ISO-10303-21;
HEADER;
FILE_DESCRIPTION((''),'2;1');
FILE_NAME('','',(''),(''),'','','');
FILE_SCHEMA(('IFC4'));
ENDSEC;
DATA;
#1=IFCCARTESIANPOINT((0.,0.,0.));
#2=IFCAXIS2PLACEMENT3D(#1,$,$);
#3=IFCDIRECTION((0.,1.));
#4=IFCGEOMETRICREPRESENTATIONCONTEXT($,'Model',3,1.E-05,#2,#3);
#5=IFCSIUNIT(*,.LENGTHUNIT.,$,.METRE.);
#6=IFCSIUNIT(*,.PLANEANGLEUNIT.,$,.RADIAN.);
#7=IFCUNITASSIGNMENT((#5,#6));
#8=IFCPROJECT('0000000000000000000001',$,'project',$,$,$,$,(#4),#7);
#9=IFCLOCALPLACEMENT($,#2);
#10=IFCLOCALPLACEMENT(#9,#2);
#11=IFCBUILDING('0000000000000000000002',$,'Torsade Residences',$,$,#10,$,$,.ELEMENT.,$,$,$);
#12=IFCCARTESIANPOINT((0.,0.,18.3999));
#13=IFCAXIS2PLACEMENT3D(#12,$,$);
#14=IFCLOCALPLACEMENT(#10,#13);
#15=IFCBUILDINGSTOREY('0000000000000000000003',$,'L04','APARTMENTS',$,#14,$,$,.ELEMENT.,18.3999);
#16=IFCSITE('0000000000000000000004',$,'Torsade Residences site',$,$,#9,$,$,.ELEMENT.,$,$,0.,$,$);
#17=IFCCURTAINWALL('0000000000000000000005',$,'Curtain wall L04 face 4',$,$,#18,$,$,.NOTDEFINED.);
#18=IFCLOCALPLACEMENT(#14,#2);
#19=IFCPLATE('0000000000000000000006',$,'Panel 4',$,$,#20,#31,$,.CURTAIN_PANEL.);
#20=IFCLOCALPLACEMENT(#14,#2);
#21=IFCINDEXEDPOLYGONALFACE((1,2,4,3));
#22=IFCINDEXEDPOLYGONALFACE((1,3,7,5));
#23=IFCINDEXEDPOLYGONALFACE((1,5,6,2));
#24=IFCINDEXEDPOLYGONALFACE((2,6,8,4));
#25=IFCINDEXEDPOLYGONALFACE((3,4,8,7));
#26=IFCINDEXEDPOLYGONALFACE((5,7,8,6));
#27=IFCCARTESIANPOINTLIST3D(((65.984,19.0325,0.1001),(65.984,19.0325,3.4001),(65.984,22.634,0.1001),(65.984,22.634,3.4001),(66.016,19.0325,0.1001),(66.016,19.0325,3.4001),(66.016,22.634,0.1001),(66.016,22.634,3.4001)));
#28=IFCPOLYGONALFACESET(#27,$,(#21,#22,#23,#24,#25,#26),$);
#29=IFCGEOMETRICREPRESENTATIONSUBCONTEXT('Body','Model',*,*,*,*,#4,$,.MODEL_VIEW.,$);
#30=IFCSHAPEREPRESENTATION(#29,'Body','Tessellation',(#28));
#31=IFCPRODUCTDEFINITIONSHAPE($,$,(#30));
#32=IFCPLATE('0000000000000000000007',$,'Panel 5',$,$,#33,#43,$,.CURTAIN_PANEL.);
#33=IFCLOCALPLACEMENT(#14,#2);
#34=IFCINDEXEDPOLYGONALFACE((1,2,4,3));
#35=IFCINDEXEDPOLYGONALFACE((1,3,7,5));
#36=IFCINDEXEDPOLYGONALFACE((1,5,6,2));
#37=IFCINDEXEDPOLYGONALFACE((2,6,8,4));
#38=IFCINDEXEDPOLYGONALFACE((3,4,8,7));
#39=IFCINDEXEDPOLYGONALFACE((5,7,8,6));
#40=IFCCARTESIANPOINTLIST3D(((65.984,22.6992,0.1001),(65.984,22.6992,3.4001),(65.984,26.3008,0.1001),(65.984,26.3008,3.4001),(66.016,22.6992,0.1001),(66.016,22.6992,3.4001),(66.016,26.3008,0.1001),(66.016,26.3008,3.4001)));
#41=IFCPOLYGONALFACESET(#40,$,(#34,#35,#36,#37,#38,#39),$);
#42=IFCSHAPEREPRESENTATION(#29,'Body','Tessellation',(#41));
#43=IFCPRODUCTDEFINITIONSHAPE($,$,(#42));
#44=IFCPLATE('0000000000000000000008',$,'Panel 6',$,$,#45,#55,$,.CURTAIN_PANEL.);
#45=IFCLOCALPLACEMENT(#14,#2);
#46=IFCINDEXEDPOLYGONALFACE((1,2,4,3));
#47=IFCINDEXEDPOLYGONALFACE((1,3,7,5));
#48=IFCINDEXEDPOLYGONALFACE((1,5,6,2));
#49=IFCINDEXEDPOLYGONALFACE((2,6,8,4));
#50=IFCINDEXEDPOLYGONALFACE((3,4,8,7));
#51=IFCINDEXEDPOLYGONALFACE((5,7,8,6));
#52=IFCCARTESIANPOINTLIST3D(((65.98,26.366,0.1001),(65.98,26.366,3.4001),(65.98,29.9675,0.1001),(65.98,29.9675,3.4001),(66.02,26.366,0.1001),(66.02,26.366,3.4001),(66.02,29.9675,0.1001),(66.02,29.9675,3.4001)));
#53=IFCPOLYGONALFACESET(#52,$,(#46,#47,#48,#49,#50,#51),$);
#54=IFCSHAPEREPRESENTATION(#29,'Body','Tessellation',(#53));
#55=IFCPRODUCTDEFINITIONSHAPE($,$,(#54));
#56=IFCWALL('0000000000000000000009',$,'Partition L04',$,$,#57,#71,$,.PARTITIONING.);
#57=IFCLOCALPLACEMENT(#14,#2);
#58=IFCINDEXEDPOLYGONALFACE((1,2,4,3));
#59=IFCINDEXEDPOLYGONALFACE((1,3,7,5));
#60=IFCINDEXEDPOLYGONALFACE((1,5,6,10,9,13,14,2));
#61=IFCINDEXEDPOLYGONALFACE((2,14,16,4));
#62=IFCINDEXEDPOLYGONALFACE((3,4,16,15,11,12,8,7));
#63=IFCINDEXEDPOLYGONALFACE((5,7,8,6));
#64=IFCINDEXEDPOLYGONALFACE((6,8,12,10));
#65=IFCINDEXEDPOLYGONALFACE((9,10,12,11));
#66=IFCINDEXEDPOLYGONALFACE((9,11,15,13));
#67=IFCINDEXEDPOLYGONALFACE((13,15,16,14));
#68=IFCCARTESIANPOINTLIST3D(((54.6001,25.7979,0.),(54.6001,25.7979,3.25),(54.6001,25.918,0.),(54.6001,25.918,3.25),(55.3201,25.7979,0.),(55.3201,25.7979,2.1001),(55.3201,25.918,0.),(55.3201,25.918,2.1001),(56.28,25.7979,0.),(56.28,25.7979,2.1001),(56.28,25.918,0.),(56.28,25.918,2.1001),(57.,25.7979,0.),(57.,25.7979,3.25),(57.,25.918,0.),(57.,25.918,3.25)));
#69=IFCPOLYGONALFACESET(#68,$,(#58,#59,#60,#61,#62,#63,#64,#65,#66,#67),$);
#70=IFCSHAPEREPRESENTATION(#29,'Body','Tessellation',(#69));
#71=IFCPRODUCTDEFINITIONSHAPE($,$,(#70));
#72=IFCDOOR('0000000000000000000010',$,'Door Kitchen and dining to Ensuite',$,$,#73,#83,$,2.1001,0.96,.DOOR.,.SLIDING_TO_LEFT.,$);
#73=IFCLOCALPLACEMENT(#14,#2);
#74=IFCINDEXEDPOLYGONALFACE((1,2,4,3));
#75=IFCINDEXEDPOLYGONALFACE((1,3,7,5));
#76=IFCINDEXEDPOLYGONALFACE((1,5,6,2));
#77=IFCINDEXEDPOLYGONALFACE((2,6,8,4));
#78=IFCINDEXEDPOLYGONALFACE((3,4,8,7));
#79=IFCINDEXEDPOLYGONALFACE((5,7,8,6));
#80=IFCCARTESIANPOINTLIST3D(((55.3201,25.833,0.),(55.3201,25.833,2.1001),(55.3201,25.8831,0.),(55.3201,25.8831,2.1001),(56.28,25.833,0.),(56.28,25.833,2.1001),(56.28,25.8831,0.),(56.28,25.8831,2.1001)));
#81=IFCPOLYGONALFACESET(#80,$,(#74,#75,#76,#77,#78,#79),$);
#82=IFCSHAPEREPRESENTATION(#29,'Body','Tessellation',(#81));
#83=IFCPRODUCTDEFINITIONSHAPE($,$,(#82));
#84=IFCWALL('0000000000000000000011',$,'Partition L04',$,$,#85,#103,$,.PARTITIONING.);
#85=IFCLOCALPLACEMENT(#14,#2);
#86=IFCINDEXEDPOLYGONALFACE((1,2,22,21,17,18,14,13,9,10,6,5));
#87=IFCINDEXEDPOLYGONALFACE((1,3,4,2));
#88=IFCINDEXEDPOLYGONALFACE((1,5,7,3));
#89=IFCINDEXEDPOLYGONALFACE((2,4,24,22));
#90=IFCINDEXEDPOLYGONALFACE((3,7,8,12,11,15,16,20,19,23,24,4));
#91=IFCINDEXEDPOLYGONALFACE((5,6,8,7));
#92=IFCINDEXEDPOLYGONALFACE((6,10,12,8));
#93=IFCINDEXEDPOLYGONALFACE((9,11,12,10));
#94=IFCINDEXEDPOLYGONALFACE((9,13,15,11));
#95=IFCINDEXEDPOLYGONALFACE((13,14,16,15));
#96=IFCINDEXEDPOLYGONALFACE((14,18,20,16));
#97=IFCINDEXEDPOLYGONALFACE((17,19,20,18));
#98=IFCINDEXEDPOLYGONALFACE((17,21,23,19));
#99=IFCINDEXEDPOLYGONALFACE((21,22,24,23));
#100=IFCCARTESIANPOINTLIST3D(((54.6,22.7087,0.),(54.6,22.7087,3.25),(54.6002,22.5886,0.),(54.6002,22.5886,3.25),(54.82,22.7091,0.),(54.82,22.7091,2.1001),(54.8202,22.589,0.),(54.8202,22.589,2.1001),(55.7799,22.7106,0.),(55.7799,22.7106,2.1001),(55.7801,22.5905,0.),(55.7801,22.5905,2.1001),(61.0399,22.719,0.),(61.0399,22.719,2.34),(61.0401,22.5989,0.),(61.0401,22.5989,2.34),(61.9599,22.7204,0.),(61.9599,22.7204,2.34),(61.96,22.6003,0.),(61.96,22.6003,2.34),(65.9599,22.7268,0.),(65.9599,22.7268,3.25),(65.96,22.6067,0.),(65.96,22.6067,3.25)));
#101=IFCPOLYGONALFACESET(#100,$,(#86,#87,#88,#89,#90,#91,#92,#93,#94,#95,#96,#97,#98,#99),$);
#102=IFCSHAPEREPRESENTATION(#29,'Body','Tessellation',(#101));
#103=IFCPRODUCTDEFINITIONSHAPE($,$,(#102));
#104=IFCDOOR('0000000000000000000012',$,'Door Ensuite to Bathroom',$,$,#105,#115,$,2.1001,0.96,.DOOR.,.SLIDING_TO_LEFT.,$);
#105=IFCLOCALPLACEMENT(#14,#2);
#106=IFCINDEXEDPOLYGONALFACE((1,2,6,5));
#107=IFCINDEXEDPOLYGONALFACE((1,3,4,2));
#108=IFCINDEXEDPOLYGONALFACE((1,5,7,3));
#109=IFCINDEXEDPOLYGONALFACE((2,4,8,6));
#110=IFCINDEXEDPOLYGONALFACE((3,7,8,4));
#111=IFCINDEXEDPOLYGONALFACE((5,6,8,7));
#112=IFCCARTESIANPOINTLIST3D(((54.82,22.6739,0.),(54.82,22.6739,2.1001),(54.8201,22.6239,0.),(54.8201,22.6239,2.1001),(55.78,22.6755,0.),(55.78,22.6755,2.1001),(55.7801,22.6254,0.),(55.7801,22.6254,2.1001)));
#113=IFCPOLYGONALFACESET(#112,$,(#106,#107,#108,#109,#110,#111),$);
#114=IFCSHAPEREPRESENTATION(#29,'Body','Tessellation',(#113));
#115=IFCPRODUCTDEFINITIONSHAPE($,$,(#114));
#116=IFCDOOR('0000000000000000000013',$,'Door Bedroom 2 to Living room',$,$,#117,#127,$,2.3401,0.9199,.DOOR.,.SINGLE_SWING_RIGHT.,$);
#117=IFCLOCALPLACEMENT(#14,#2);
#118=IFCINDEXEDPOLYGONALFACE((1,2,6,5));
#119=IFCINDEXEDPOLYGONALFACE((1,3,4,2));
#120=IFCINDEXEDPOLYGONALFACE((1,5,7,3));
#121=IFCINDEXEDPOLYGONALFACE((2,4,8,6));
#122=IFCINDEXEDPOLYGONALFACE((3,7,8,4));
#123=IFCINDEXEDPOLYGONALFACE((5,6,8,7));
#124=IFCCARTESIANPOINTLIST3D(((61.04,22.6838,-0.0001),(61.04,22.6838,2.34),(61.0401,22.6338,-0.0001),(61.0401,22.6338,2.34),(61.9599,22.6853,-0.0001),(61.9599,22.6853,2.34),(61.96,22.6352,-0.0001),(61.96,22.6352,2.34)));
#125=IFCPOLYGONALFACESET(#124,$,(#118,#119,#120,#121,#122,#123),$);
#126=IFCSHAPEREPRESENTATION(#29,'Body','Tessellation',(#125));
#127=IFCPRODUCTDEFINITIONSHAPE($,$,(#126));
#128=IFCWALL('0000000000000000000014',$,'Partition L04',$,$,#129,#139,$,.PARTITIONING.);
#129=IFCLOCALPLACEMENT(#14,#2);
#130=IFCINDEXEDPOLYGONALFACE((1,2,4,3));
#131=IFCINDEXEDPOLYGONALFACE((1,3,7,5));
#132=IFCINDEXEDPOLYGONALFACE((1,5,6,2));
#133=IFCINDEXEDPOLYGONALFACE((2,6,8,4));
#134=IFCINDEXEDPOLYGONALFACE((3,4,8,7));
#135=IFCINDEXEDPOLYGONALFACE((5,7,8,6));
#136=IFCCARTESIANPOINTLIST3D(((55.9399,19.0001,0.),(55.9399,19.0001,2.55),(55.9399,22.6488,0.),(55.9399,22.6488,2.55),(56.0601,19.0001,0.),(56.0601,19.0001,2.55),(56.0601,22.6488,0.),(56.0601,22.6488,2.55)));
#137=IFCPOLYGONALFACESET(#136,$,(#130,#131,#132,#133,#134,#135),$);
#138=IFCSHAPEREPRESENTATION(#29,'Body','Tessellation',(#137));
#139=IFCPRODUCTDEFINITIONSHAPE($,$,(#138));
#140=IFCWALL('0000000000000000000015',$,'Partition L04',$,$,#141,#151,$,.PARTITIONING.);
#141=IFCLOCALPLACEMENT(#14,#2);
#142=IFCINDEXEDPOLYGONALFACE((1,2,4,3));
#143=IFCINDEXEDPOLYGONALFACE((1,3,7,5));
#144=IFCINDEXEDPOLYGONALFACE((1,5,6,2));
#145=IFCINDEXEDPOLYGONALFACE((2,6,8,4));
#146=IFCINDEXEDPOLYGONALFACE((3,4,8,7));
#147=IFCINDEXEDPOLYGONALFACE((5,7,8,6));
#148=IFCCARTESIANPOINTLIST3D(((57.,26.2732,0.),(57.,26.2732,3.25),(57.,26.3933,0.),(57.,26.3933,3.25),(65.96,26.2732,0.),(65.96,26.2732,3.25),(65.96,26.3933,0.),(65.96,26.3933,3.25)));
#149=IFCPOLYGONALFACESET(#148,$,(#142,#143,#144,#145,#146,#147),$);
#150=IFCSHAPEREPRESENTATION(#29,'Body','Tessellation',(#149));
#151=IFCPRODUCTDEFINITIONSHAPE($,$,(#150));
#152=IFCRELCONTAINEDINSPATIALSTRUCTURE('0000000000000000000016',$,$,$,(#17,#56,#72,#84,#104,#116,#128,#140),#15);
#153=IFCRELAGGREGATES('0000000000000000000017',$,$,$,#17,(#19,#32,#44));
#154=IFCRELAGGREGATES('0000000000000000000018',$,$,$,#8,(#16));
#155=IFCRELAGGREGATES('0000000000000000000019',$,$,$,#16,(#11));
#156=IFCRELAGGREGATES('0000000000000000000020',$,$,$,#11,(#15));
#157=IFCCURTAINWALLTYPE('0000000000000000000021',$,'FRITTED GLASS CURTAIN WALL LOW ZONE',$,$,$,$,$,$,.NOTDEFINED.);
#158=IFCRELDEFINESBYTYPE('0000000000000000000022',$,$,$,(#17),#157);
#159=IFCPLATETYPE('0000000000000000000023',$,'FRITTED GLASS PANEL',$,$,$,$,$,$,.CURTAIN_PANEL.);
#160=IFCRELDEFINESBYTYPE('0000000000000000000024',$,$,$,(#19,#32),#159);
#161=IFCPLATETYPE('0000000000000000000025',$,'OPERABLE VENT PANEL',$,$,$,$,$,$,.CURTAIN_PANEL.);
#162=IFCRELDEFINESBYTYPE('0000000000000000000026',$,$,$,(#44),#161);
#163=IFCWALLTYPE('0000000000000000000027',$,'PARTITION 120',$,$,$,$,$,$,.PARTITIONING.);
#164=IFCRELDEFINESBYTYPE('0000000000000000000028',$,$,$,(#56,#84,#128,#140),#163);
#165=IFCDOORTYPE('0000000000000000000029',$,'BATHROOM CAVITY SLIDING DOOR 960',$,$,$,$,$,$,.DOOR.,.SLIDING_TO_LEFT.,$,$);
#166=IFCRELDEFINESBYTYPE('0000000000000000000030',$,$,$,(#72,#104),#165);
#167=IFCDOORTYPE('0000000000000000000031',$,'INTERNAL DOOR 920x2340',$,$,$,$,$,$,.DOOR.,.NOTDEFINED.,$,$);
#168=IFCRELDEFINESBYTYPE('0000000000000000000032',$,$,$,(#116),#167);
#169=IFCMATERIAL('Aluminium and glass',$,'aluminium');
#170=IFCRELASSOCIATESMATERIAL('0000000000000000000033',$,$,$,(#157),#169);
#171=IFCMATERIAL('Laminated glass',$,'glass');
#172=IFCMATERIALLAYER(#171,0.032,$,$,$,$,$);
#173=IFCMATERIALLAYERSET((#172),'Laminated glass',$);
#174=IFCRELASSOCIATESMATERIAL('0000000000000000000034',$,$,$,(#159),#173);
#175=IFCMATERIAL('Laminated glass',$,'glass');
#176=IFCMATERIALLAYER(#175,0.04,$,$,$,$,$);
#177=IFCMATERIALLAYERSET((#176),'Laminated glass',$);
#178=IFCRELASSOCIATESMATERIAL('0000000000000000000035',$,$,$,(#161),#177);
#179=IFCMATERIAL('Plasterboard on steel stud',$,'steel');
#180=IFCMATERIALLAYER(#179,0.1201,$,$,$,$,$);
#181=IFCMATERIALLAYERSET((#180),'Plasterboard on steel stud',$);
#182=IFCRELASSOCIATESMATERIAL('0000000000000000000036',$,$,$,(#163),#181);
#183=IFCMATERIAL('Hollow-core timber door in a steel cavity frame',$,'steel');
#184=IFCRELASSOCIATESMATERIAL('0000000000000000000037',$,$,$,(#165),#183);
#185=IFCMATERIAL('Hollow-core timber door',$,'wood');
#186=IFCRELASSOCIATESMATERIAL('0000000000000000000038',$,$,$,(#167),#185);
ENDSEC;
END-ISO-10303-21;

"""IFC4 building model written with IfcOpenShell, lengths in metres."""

from ifc_helpers import new_model, si_unit, direction, frame, frame_2d, origin, origin_2d, place, context, subcontext, project, spatial, rectangle, extrude, material, layer, layer_set, type_object, element, fill, aggregate, save


model = new_model("IFC4")

# Units and contexts
model_context = context("Model", 3, precision=1e-05, world=origin(), true_north=direction((0.0, 1.0)))
body_context = subcontext(model_context, "Body", "Model", "MODEL_VIEW")
ifc_project = project(units=[si_unit("LENGTHUNIT", "METRE"), si_unit("PLANEANGLEUNIT", "RADIAN")], contexts=[model_context])

# Site, building, storey
site_placement = place(None, origin())
site = spatial("IfcSite", under=ifc_project, at=site_placement, Name="Torsade Residences site", CompositionType="ELEMENT", RefElevation=0.0)
building_placement = place(site_placement, origin())
building = spatial("IfcBuilding", under=site, at=building_placement, Name="Torsade Residences", CompositionType="ELEMENT")
storey_placement = place(building_placement, frame((0.0, 0.0, 18.3999)))
storey = spatial("IfcBuildingStorey", under=building, at=storey_placement, Name="L04", Description="APARTMENTS", CompositionType="ELEMENT", Elevation=18.3999)

# Curtain wall
ifc_material_1 = material(Name="Aluminium and glass", Category="aluminium")
curtain_wall_type = type_object("IfcCurtainWallType", Name="FRITTED GLASS CURTAIN WALL LOW ZONE", PredefinedType="NOTDEFINED", material=ifc_material_1)
curtain_wall_placement = place(storey_placement, origin())
curtain_wall = element("IfcCurtainWall", 1, at=curtain_wall_placement, inside=storey, type_object=curtain_wall_type, Name="Curtain wall L04 face 4", PredefinedType="NOTDEFINED")

# Plates
ifc_material_2 = material(Name="Laminated glass", Category="glass")
ifc_layer_1 = layer(ifc_material_2, 0.032)
ifc_layer_set_1 = layer_set([ifc_layer_1], Name="Laminated glass")
plate_type_1 = type_object("IfcPlateType", Name="FRITTED GLASS PANEL", PredefinedType="CURTAIN_PANEL", material=ifc_layer_set_1)
plate_1_placement = place(storey_placement, frame((66.0, 20.8333, 0.1001), z_axis=(0.0, 0.0, 1.0), x_axis=(0.0, 1.0, 0.0)))
plate_1 = element("IfcPlate", 2, at=plate_1_placement, type_object=plate_type_1, Name="Panel 4", PredefinedType="CURTAIN_PANEL", context=body_context, shape_type="SweptSolid", body=[
    extrude(rectangle(XDim=3.6016, YDim=0.032, at=origin_2d()), origin(), (0.0, 0.0, 1.0), 3.3),
])
plate_2_placement = place(storey_placement, frame((66.0, 24.5, 0.1001), z_axis=(0.0, 0.0, 1.0), x_axis=(0.0, 1.0, 0.0)))
plate_2 = element("IfcPlate", 3, at=plate_2_placement, type_object=plate_type_1, Name="Panel 5", PredefinedType="CURTAIN_PANEL", context=body_context, shape_type="SweptSolid", body=[
    extrude(rectangle(XDim=3.6016, YDim=0.032, at=origin_2d()), origin(), (0.0, 0.0, 1.0), 3.3),
])
ifc_material_3 = material(Name="Laminated glass", Category="glass")
ifc_layer_2 = layer(ifc_material_3, 0.04)
ifc_layer_set_2 = layer_set([ifc_layer_2], Name="Laminated glass")
plate_type_2 = type_object("IfcPlateType", Name="OPERABLE VENT PANEL", PredefinedType="CURTAIN_PANEL", material=ifc_layer_set_2)
plate_3_placement = place(storey_placement, frame((66.0, 28.1667, 0.1001), z_axis=(0.0, 0.0, 1.0), x_axis=(0.0, 1.0, 0.0)))
plate_3 = element("IfcPlate", 4, at=plate_3_placement, type_object=plate_type_2, Name="Panel 6", PredefinedType="CURTAIN_PANEL", context=body_context, shape_type="SweptSolid", body=[
    extrude(rectangle(XDim=3.6016, YDim=0.04, at=origin_2d()), origin(), (0.0, 0.0, 1.0), 3.3),
])
aggregate(curtain_wall, [plate_1, plate_2, plate_3])

# Wall, opening, door
ifc_material_4 = material(Name="Plasterboard on steel stud", Category="steel")
ifc_layer_3 = layer(ifc_material_4, 0.1201)
ifc_layer_set_3 = layer_set([ifc_layer_3], Name="Plasterboard on steel stud")
wall_type = type_object("IfcWallType", Name="PARTITION 120", PredefinedType="PARTITIONING", material=ifc_layer_set_3)
wall_1_placement = place(storey_placement, frame((57.0, 25.8579, 0.0), z_axis=(0.0, 0.0, 1.0), x_axis=(-1.0, 0.0, 0.0)))
wall_1 = element("IfcWall", 5, at=wall_1_placement, inside=storey, type_object=wall_type, Name="Partition L04", PredefinedType="PARTITIONING", context=body_context, shape_type="SweptSolid", body=[
    extrude(rectangle(XDim=2.3999, YDim=0.1201, at=frame_2d((1.2, 0.0))), origin(), (0.0, 0.0, 1.0), 3.25),
])
opening_1_placement = place(wall_1_placement, frame((0.72, 0.0, 0.0)))
opening_1 = element("IfcOpeningElement", 6, at=opening_1_placement, cuts=wall_1, PredefinedType="OPENING", context=body_context, shape_type="SweptSolid", body=[
    extrude(rectangle(XDim=0.96, YDim=2.1001, at=frame_2d((0.48, 1.05))), frame((0.0, 0.0701, 0.0), z_axis=(0.0, -1.0, 0.0), x_axis=(1.0, 0.0, 0.0)), (0.0, 0.0, 1.0), 0.1401),
])
ifc_material_5 = material(Name="Hollow-core timber door in a steel cavity frame", Category="steel")
door_type_1 = type_object("IfcDoorType", Name="BATHROOM CAVITY SLIDING DOOR 960", OperationType="SLIDING_TO_LEFT", PredefinedType="DOOR", material=ifc_material_5)
door_1_placement = place(opening_1_placement, origin())
door_1 = element("IfcDoor", 7, at=door_1_placement, inside=storey, type_object=door_type_1, Name="Door Kitchen and dining to Ensuite", OperationType="SLIDING_TO_LEFT", OverallHeight=2.1001, OverallWidth=0.96, PredefinedType="DOOR", context=body_context, shape_type="SweptSolid", body=[
    extrude(rectangle(XDim=0.96, YDim=2.1001, at=frame_2d((0.48, 1.05))), frame((0.0, 0.0249, 0.0), z_axis=(0.0, -1.0, 0.0), x_axis=(1.0, 0.0, 0.0)), (0.0, 0.0, 1.0), 0.05),
])
fill(opening_1, door_1)

# Wall, openings, doors
wall_2_placement = place(storey_placement, frame((54.6001, 22.6487, 0.0), z_axis=(0.0, 0.0, 1.0), x_axis=(0.999999, 0.00159, 0.0)))
wall_2 = element("IfcWall", 8, at=wall_2_placement, inside=storey, type_object=wall_type, Name="Partition L04", PredefinedType="PARTITIONING", context=body_context, shape_type="SweptSolid", body=[
    extrude(rectangle(XDim=11.3599, YDim=0.1201, at=frame_2d((5.6799, 0.0))), origin(), (0.0, 0.0, 1.0), 3.25),
])
opening_2_placement = place(wall_2_placement, frame((0.22, 0.0, 0.0)))
opening_2 = element("IfcOpeningElement", 9, at=opening_2_placement, cuts=wall_2, PredefinedType="OPENING", context=body_context, shape_type="SweptSolid", body=[
    extrude(rectangle(XDim=0.96, YDim=2.1001, at=frame_2d((0.48, 1.05))), frame((0.0, 0.0701, 0.0), z_axis=(0.0, -1.0, 0.0), x_axis=(1.0, 0.0, 0.0)), (0.0, 0.0, 1.0), 0.1401),
])
opening_3_placement = place(wall_2_placement, frame((6.4399, 0.0, 0.0)))
opening_3 = element("IfcOpeningElement", 10, at=opening_3_placement, cuts=wall_2, PredefinedType="OPENING", context=body_context, shape_type="SweptSolid", body=[
    extrude(rectangle(XDim=0.9199, YDim=2.3401, at=frame_2d((0.46, 1.1699))), frame((0.0, 0.0701, 0.0), z_axis=(0.0, -1.0, 0.0), x_axis=(1.0, 0.0, 0.0)), (0.0, 0.0, 1.0), 0.1401),
])
door_2_placement = place(opening_2_placement, origin())
door_2 = element("IfcDoor", 11, at=door_2_placement, inside=storey, type_object=door_type_1, Name="Door Ensuite to Bathroom", OperationType="SLIDING_TO_LEFT", OverallHeight=2.1001, OverallWidth=0.96, PredefinedType="DOOR", context=body_context, shape_type="SweptSolid", body=[
    extrude(rectangle(XDim=0.96, YDim=2.1001, at=frame_2d((0.48, 1.05))), frame((0.0, 0.0249, 0.0), z_axis=(0.0, -1.0, 0.0), x_axis=(1.0, 0.0, 0.0)), (0.0, 0.0, 1.0), 0.05),
])
fill(opening_2, door_2)
ifc_material_6 = material(Name="Hollow-core timber door", Category="wood")
door_type_2 = type_object("IfcDoorType", Name="INTERNAL DOOR 920x2340", OperationType="NOTDEFINED", PredefinedType="DOOR", material=ifc_material_6)
door_3_placement = place(opening_3_placement, origin())
door_3 = element("IfcDoor", 12, at=door_3_placement, inside=storey, type_object=door_type_2, Name="Door Bedroom 2 to Living room", OperationType="SINGLE_SWING_RIGHT", OverallHeight=2.3401, OverallWidth=0.9199, PredefinedType="DOOR", context=body_context, shape_type="SweptSolid", body=[
    extrude(rectangle(XDim=0.9199, YDim=2.3401, at=frame_2d((0.46, 1.1699))), frame((0.0, 0.0249, 0.0), z_axis=(0.0, -1.0, 0.0), x_axis=(1.0, 0.0, 0.0)), (0.0, 0.0, 1.0), 0.05),
])
fill(opening_3, door_3)

# Walls
wall_3_placement = place(storey_placement, frame((56.0, 22.6487, 0.0), z_axis=(0.0, 0.0, 1.0), x_axis=(0.0, -1.0, 0.0)))
element("IfcWall", 13, at=wall_3_placement, inside=storey, type_object=wall_type, Name="Partition L04", PredefinedType="PARTITIONING", context=body_context, shape_type="SweptSolid", body=[
    extrude(rectangle(XDim=3.6487, YDim=0.1201, at=frame_2d((1.8242, 0.0))), origin(), (0.0, 0.0, 1.0), 2.55),
])
wall_4_placement = place(storey_placement, frame((65.96, 26.3333, 0.0), z_axis=(0.0, 0.0, 1.0), x_axis=(-1.0, 0.0, 0.0)))
element("IfcWall", 14, at=wall_4_placement, inside=storey, type_object=wall_type, Name="Partition L04", PredefinedType="PARTITIONING", context=body_context, shape_type="SweptSolid", body=[
    extrude(rectangle(XDim=8.96, YDim=0.1201, at=frame_2d((4.48, 0.0))), origin(), (0.0, 0.0, 1.0), 3.25),
])

save(model, "model.ifc")
